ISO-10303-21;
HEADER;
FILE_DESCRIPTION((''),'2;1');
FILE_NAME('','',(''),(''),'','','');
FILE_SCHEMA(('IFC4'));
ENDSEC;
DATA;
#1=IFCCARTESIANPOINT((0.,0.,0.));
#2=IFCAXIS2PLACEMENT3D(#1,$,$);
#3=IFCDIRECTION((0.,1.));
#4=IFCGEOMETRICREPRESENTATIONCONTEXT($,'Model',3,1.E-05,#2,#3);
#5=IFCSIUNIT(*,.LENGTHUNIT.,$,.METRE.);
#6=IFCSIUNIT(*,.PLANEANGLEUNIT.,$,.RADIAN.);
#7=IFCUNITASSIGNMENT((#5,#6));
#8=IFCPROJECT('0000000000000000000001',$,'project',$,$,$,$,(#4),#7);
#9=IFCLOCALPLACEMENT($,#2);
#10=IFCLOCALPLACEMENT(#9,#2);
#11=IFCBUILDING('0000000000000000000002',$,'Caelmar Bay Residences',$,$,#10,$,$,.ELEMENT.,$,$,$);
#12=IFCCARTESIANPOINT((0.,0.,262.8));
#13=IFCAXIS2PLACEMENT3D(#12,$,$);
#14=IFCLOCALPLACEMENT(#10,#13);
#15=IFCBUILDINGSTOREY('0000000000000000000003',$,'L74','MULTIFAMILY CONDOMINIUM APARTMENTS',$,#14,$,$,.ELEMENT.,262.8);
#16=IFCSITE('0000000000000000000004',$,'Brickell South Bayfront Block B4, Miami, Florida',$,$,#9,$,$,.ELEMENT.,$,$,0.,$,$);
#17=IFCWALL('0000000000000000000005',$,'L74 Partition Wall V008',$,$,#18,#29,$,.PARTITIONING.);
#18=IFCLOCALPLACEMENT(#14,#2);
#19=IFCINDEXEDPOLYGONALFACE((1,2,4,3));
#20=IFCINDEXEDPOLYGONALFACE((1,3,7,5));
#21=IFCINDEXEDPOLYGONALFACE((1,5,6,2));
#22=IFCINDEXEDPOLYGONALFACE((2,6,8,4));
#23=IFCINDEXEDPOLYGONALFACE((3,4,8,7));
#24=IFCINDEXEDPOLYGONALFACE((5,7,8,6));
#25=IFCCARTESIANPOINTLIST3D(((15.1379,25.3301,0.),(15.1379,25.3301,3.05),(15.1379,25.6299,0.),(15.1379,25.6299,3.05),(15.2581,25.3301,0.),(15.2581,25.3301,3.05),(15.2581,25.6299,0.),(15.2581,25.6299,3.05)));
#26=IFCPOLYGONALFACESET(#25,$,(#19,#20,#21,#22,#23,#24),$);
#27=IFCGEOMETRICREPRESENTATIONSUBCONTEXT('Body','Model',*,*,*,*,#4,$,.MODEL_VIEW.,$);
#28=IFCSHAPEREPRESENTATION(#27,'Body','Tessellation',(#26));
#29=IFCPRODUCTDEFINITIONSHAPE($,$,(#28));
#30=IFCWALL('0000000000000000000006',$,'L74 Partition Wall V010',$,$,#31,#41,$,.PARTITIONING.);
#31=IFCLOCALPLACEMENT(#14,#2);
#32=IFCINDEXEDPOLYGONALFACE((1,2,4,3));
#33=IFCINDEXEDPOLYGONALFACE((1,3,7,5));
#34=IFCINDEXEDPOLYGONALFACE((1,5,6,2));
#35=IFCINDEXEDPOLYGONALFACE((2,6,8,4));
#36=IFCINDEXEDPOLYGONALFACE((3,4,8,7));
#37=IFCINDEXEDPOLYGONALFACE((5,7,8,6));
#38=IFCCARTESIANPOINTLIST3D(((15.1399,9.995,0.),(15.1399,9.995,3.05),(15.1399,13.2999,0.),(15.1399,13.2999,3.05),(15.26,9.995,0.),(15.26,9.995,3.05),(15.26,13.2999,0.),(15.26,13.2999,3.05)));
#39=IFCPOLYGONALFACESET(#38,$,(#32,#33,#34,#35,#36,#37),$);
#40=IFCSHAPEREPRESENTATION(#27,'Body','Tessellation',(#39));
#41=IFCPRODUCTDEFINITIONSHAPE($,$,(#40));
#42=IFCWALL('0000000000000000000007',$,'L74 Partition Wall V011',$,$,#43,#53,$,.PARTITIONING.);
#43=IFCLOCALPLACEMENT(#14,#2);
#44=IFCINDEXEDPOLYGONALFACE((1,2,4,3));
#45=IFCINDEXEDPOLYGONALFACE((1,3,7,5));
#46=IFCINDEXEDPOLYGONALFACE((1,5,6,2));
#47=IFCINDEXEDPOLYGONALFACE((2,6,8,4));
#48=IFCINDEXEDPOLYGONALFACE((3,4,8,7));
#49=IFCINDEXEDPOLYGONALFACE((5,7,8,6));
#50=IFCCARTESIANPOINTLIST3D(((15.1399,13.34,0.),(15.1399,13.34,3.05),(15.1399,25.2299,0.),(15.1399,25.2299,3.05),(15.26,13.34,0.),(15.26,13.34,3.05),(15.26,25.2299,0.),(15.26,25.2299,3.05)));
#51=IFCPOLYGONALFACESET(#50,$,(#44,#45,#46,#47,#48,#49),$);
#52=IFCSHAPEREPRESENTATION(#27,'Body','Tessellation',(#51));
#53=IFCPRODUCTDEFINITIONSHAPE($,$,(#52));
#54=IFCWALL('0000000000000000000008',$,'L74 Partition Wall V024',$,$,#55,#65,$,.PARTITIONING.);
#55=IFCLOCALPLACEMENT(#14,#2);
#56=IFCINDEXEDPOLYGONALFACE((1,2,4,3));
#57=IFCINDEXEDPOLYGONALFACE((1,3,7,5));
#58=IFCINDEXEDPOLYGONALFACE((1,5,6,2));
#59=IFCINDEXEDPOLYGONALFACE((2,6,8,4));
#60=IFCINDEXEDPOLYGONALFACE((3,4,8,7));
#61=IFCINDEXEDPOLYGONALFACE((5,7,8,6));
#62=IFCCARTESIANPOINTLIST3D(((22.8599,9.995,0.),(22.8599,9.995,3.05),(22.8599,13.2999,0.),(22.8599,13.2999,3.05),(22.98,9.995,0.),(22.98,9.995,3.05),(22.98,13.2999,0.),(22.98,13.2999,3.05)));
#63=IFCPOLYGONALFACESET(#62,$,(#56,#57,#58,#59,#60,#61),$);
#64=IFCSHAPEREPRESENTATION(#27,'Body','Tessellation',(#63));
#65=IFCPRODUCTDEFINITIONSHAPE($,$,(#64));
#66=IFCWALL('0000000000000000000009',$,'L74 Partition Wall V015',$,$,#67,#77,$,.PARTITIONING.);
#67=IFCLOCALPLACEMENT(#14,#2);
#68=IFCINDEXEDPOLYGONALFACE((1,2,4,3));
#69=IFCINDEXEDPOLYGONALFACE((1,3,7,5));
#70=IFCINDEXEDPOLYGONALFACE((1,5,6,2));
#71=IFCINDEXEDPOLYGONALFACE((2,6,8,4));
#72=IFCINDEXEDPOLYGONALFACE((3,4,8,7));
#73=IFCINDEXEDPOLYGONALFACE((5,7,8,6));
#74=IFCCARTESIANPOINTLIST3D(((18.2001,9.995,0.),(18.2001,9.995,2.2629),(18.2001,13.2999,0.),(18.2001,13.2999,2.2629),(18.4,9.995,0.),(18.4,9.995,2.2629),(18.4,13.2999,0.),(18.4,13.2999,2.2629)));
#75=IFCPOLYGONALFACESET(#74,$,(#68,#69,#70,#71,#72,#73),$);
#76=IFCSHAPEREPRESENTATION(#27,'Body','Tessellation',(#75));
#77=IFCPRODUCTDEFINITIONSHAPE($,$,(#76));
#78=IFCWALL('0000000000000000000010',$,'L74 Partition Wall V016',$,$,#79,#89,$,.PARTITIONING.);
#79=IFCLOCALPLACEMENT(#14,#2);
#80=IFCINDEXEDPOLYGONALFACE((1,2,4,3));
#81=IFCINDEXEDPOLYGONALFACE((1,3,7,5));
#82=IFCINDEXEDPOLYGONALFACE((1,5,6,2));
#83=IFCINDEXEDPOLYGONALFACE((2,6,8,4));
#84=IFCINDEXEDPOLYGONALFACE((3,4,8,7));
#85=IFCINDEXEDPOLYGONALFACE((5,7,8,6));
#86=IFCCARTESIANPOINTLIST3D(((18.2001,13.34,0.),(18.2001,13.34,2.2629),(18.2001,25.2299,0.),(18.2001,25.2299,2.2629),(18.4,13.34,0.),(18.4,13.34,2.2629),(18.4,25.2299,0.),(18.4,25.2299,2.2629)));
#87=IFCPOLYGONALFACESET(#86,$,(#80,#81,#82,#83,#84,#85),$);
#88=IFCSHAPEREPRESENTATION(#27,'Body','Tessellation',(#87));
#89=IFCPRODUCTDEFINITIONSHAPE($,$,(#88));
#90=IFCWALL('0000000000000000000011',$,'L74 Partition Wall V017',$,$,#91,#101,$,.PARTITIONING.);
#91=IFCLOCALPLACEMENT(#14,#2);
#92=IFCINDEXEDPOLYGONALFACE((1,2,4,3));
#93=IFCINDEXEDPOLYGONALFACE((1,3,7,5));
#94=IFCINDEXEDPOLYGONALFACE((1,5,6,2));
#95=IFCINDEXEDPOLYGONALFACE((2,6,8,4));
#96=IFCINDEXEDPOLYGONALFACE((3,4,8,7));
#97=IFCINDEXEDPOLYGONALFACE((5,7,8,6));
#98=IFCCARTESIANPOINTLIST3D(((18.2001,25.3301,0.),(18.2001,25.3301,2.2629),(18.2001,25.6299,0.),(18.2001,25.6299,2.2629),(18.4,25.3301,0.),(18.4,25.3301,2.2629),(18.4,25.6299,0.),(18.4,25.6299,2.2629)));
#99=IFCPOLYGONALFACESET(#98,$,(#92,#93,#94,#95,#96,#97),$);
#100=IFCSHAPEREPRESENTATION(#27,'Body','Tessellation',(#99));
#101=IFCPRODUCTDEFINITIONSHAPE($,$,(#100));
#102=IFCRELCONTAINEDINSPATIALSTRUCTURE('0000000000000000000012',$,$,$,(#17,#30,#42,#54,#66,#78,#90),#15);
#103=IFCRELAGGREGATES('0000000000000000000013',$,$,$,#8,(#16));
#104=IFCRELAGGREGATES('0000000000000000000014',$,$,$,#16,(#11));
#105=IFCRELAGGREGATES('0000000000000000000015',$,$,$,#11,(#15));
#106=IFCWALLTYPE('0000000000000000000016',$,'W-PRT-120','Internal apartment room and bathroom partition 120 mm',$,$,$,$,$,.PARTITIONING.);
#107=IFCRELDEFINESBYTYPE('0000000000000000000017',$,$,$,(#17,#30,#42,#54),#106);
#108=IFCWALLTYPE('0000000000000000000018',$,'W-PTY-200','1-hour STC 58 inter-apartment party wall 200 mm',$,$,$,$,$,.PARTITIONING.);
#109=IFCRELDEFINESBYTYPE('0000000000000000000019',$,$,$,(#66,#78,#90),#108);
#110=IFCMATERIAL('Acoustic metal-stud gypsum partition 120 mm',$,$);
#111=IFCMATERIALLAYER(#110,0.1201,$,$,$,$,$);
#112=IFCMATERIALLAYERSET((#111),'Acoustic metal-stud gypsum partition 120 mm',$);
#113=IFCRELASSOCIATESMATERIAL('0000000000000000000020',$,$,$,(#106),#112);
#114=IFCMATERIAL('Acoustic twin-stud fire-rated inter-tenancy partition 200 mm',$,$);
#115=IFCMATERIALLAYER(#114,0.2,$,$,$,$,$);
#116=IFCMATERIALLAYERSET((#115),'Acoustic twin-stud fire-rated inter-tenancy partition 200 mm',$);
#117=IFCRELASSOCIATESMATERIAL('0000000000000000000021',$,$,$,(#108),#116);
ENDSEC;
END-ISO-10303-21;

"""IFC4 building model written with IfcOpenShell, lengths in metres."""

from ifc_helpers import new_model, si_unit, direction, frame, frame_2d, origin, place, context, subcontext, project, spatial, rectangle, extrude, material, layer, layer_set, type_object, element, save


model = new_model("IFC4")

# Units and contexts
model_context = context("Model", 3, precision=1e-05, world=origin(), true_north=direction((0.0, 1.0)))
body_context = subcontext(model_context, "Body", "Model", "MODEL_VIEW")
ifc_project = project(units=[si_unit("LENGTHUNIT", "METRE"), si_unit("PLANEANGLEUNIT", "RADIAN")], contexts=[model_context])

# Site, building, storey
site_placement = place(None, origin())
site = spatial("IfcSite", under=ifc_project, at=site_placement, Name="Brickell South Bayfront Block B4, Miami, Florida", CompositionType="ELEMENT", RefElevation=0.0)
building_placement = place(site_placement, origin())
building = spatial("IfcBuilding", under=site, at=building_placement, Name="Caelmar Bay Residences", CompositionType="ELEMENT")
storey_placement = place(building_placement, frame((0.0, 0.0, 262.8)))
storey = spatial("IfcBuildingStorey", under=building, at=storey_placement, Name="L74", Description="MULTIFAMILY CONDOMINIUM APARTMENTS", CompositionType="ELEMENT", Elevation=262.8)

# Walls
ifc_material_1 = material(Name="Acoustic metal-stud gypsum partition 120 mm")
ifc_layer_1 = layer(ifc_material_1, 0.1201)
ifc_layer_set_1 = layer_set([ifc_layer_1], Name="Acoustic metal-stud gypsum partition 120 mm")
wall_type_1 = type_object("IfcWallType", Name="W-PRT-120", Description="Internal apartment room and bathroom partition 120 mm", PredefinedType="PARTITIONING", material=ifc_layer_set_1)
wall_1_placement = place(storey_placement, frame((15.198, 25.3301, 0.0), z_axis=(0.0, 0.0, 1.0), x_axis=(0.0, 1.0, 0.0)))
element("IfcWall", 1, at=wall_1_placement, inside=storey, type_object=wall_type_1, Name="L74 Partition Wall V008", PredefinedType="PARTITIONING", context=body_context, shape_type="SweptSolid", body=[
    extrude(rectangle(XDim=0.2998, YDim=0.1201, at=frame_2d((0.1499, 0.0))), origin(), (0.0, 0.0, 1.0), 3.05),
])
wall_2_placement = place(storey_placement, frame((15.2, 9.9951, 0.0), z_axis=(0.0, 0.0, 1.0), x_axis=(0.0, 1.0, 0.0)))
element("IfcWall", 2, at=wall_2_placement, inside=storey, type_object=wall_type_1, Name="L74 Partition Wall V010", PredefinedType="PARTITIONING", context=body_context, shape_type="SweptSolid", body=[
    extrude(rectangle(XDim=3.3049, YDim=0.1201, at=frame_2d((1.6523, 0.0))), origin(), (0.0, 0.0, 1.0), 3.05),
])
wall_3_placement = place(storey_placement, frame((15.2, 13.3401, 0.0), z_axis=(0.0, 0.0, 1.0), x_axis=(0.0, 1.0, 0.0)))
element("IfcWall", 3, at=wall_3_placement, inside=storey, type_object=wall_type_1, Name="L74 Partition Wall V011", PredefinedType="PARTITIONING", context=body_context, shape_type="SweptSolid", body=[
    extrude(rectangle(XDim=11.8899, YDim=0.1201, at=frame_2d((5.9448, 0.0))), origin(), (0.0, 0.0, 1.0), 3.05),
])
wall_4_placement = place(storey_placement, frame((22.9199, 9.9951, 0.0), z_axis=(0.0, 0.0, 1.0), x_axis=(0.0, 1.0, 0.0)))
element("IfcWall", 4, at=wall_4_placement, inside=storey, type_object=wall_type_1, Name="L74 Partition Wall V024", PredefinedType="PARTITIONING", context=body_context, shape_type="SweptSolid", body=[
    extrude(rectangle(XDim=3.3049, YDim=0.1201, at=frame_2d((1.6523, 0.0))), origin(), (0.0, 0.0, 1.0), 3.05),
])

# Walls
ifc_material_2 = material(Name="Acoustic twin-stud fire-rated inter-tenancy partition 200 mm")
ifc_layer_2 = layer(ifc_material_2, 0.2)
ifc_layer_set_2 = layer_set([ifc_layer_2], Name="Acoustic twin-stud fire-rated inter-tenancy partition 200 mm")
wall_type_2 = type_object("IfcWallType", Name="W-PTY-200", Description="1-hour STC 58 inter-apartment party wall 200 mm", PredefinedType="PARTITIONING", material=ifc_layer_set_2)
wall_5_placement = place(storey_placement, frame((18.3, 9.9951, 0.0), z_axis=(0.0, 0.0, 1.0), x_axis=(0.0, 1.0, 0.0)))
element("IfcWall", 5, at=wall_5_placement, inside=storey, type_object=wall_type_2, Name="L74 Partition Wall V015", PredefinedType="PARTITIONING", context=body_context, shape_type="SweptSolid", body=[
    extrude(rectangle(XDim=3.3049, YDim=0.2, at=frame_2d((1.6523, 0.0))), origin(), (0.0, 0.0, 1.0), 2.2629),
])
wall_6_placement = place(storey_placement, frame((18.3, 13.3401, 0.0), z_axis=(0.0, 0.0, 1.0), x_axis=(0.0, 1.0, 0.0)))
element("IfcWall", 6, at=wall_6_placement, inside=storey, type_object=wall_type_2, Name="L74 Partition Wall V016", PredefinedType="PARTITIONING", context=body_context, shape_type="SweptSolid", body=[
    extrude(rectangle(XDim=11.8899, YDim=0.2, at=frame_2d((5.9448, 0.0))), origin(), (0.0, 0.0, 1.0), 2.2629),
])
wall_7_placement = place(storey_placement, frame((18.3, 25.3301, 0.0), z_axis=(0.0, 0.0, 1.0), x_axis=(0.0, 1.0, 0.0)))
element("IfcWall", 7, at=wall_7_placement, inside=storey, type_object=wall_type_2, Name="L74 Partition Wall V017", PredefinedType="PARTITIONING", context=body_context, shape_type="SweptSolid", body=[
    extrude(rectangle(XDim=0.2998, YDim=0.2, at=frame_2d((0.1499, 0.0))), origin(), (0.0, 0.0, 1.0), 2.2629),
])

save(model, "model.ifc")
